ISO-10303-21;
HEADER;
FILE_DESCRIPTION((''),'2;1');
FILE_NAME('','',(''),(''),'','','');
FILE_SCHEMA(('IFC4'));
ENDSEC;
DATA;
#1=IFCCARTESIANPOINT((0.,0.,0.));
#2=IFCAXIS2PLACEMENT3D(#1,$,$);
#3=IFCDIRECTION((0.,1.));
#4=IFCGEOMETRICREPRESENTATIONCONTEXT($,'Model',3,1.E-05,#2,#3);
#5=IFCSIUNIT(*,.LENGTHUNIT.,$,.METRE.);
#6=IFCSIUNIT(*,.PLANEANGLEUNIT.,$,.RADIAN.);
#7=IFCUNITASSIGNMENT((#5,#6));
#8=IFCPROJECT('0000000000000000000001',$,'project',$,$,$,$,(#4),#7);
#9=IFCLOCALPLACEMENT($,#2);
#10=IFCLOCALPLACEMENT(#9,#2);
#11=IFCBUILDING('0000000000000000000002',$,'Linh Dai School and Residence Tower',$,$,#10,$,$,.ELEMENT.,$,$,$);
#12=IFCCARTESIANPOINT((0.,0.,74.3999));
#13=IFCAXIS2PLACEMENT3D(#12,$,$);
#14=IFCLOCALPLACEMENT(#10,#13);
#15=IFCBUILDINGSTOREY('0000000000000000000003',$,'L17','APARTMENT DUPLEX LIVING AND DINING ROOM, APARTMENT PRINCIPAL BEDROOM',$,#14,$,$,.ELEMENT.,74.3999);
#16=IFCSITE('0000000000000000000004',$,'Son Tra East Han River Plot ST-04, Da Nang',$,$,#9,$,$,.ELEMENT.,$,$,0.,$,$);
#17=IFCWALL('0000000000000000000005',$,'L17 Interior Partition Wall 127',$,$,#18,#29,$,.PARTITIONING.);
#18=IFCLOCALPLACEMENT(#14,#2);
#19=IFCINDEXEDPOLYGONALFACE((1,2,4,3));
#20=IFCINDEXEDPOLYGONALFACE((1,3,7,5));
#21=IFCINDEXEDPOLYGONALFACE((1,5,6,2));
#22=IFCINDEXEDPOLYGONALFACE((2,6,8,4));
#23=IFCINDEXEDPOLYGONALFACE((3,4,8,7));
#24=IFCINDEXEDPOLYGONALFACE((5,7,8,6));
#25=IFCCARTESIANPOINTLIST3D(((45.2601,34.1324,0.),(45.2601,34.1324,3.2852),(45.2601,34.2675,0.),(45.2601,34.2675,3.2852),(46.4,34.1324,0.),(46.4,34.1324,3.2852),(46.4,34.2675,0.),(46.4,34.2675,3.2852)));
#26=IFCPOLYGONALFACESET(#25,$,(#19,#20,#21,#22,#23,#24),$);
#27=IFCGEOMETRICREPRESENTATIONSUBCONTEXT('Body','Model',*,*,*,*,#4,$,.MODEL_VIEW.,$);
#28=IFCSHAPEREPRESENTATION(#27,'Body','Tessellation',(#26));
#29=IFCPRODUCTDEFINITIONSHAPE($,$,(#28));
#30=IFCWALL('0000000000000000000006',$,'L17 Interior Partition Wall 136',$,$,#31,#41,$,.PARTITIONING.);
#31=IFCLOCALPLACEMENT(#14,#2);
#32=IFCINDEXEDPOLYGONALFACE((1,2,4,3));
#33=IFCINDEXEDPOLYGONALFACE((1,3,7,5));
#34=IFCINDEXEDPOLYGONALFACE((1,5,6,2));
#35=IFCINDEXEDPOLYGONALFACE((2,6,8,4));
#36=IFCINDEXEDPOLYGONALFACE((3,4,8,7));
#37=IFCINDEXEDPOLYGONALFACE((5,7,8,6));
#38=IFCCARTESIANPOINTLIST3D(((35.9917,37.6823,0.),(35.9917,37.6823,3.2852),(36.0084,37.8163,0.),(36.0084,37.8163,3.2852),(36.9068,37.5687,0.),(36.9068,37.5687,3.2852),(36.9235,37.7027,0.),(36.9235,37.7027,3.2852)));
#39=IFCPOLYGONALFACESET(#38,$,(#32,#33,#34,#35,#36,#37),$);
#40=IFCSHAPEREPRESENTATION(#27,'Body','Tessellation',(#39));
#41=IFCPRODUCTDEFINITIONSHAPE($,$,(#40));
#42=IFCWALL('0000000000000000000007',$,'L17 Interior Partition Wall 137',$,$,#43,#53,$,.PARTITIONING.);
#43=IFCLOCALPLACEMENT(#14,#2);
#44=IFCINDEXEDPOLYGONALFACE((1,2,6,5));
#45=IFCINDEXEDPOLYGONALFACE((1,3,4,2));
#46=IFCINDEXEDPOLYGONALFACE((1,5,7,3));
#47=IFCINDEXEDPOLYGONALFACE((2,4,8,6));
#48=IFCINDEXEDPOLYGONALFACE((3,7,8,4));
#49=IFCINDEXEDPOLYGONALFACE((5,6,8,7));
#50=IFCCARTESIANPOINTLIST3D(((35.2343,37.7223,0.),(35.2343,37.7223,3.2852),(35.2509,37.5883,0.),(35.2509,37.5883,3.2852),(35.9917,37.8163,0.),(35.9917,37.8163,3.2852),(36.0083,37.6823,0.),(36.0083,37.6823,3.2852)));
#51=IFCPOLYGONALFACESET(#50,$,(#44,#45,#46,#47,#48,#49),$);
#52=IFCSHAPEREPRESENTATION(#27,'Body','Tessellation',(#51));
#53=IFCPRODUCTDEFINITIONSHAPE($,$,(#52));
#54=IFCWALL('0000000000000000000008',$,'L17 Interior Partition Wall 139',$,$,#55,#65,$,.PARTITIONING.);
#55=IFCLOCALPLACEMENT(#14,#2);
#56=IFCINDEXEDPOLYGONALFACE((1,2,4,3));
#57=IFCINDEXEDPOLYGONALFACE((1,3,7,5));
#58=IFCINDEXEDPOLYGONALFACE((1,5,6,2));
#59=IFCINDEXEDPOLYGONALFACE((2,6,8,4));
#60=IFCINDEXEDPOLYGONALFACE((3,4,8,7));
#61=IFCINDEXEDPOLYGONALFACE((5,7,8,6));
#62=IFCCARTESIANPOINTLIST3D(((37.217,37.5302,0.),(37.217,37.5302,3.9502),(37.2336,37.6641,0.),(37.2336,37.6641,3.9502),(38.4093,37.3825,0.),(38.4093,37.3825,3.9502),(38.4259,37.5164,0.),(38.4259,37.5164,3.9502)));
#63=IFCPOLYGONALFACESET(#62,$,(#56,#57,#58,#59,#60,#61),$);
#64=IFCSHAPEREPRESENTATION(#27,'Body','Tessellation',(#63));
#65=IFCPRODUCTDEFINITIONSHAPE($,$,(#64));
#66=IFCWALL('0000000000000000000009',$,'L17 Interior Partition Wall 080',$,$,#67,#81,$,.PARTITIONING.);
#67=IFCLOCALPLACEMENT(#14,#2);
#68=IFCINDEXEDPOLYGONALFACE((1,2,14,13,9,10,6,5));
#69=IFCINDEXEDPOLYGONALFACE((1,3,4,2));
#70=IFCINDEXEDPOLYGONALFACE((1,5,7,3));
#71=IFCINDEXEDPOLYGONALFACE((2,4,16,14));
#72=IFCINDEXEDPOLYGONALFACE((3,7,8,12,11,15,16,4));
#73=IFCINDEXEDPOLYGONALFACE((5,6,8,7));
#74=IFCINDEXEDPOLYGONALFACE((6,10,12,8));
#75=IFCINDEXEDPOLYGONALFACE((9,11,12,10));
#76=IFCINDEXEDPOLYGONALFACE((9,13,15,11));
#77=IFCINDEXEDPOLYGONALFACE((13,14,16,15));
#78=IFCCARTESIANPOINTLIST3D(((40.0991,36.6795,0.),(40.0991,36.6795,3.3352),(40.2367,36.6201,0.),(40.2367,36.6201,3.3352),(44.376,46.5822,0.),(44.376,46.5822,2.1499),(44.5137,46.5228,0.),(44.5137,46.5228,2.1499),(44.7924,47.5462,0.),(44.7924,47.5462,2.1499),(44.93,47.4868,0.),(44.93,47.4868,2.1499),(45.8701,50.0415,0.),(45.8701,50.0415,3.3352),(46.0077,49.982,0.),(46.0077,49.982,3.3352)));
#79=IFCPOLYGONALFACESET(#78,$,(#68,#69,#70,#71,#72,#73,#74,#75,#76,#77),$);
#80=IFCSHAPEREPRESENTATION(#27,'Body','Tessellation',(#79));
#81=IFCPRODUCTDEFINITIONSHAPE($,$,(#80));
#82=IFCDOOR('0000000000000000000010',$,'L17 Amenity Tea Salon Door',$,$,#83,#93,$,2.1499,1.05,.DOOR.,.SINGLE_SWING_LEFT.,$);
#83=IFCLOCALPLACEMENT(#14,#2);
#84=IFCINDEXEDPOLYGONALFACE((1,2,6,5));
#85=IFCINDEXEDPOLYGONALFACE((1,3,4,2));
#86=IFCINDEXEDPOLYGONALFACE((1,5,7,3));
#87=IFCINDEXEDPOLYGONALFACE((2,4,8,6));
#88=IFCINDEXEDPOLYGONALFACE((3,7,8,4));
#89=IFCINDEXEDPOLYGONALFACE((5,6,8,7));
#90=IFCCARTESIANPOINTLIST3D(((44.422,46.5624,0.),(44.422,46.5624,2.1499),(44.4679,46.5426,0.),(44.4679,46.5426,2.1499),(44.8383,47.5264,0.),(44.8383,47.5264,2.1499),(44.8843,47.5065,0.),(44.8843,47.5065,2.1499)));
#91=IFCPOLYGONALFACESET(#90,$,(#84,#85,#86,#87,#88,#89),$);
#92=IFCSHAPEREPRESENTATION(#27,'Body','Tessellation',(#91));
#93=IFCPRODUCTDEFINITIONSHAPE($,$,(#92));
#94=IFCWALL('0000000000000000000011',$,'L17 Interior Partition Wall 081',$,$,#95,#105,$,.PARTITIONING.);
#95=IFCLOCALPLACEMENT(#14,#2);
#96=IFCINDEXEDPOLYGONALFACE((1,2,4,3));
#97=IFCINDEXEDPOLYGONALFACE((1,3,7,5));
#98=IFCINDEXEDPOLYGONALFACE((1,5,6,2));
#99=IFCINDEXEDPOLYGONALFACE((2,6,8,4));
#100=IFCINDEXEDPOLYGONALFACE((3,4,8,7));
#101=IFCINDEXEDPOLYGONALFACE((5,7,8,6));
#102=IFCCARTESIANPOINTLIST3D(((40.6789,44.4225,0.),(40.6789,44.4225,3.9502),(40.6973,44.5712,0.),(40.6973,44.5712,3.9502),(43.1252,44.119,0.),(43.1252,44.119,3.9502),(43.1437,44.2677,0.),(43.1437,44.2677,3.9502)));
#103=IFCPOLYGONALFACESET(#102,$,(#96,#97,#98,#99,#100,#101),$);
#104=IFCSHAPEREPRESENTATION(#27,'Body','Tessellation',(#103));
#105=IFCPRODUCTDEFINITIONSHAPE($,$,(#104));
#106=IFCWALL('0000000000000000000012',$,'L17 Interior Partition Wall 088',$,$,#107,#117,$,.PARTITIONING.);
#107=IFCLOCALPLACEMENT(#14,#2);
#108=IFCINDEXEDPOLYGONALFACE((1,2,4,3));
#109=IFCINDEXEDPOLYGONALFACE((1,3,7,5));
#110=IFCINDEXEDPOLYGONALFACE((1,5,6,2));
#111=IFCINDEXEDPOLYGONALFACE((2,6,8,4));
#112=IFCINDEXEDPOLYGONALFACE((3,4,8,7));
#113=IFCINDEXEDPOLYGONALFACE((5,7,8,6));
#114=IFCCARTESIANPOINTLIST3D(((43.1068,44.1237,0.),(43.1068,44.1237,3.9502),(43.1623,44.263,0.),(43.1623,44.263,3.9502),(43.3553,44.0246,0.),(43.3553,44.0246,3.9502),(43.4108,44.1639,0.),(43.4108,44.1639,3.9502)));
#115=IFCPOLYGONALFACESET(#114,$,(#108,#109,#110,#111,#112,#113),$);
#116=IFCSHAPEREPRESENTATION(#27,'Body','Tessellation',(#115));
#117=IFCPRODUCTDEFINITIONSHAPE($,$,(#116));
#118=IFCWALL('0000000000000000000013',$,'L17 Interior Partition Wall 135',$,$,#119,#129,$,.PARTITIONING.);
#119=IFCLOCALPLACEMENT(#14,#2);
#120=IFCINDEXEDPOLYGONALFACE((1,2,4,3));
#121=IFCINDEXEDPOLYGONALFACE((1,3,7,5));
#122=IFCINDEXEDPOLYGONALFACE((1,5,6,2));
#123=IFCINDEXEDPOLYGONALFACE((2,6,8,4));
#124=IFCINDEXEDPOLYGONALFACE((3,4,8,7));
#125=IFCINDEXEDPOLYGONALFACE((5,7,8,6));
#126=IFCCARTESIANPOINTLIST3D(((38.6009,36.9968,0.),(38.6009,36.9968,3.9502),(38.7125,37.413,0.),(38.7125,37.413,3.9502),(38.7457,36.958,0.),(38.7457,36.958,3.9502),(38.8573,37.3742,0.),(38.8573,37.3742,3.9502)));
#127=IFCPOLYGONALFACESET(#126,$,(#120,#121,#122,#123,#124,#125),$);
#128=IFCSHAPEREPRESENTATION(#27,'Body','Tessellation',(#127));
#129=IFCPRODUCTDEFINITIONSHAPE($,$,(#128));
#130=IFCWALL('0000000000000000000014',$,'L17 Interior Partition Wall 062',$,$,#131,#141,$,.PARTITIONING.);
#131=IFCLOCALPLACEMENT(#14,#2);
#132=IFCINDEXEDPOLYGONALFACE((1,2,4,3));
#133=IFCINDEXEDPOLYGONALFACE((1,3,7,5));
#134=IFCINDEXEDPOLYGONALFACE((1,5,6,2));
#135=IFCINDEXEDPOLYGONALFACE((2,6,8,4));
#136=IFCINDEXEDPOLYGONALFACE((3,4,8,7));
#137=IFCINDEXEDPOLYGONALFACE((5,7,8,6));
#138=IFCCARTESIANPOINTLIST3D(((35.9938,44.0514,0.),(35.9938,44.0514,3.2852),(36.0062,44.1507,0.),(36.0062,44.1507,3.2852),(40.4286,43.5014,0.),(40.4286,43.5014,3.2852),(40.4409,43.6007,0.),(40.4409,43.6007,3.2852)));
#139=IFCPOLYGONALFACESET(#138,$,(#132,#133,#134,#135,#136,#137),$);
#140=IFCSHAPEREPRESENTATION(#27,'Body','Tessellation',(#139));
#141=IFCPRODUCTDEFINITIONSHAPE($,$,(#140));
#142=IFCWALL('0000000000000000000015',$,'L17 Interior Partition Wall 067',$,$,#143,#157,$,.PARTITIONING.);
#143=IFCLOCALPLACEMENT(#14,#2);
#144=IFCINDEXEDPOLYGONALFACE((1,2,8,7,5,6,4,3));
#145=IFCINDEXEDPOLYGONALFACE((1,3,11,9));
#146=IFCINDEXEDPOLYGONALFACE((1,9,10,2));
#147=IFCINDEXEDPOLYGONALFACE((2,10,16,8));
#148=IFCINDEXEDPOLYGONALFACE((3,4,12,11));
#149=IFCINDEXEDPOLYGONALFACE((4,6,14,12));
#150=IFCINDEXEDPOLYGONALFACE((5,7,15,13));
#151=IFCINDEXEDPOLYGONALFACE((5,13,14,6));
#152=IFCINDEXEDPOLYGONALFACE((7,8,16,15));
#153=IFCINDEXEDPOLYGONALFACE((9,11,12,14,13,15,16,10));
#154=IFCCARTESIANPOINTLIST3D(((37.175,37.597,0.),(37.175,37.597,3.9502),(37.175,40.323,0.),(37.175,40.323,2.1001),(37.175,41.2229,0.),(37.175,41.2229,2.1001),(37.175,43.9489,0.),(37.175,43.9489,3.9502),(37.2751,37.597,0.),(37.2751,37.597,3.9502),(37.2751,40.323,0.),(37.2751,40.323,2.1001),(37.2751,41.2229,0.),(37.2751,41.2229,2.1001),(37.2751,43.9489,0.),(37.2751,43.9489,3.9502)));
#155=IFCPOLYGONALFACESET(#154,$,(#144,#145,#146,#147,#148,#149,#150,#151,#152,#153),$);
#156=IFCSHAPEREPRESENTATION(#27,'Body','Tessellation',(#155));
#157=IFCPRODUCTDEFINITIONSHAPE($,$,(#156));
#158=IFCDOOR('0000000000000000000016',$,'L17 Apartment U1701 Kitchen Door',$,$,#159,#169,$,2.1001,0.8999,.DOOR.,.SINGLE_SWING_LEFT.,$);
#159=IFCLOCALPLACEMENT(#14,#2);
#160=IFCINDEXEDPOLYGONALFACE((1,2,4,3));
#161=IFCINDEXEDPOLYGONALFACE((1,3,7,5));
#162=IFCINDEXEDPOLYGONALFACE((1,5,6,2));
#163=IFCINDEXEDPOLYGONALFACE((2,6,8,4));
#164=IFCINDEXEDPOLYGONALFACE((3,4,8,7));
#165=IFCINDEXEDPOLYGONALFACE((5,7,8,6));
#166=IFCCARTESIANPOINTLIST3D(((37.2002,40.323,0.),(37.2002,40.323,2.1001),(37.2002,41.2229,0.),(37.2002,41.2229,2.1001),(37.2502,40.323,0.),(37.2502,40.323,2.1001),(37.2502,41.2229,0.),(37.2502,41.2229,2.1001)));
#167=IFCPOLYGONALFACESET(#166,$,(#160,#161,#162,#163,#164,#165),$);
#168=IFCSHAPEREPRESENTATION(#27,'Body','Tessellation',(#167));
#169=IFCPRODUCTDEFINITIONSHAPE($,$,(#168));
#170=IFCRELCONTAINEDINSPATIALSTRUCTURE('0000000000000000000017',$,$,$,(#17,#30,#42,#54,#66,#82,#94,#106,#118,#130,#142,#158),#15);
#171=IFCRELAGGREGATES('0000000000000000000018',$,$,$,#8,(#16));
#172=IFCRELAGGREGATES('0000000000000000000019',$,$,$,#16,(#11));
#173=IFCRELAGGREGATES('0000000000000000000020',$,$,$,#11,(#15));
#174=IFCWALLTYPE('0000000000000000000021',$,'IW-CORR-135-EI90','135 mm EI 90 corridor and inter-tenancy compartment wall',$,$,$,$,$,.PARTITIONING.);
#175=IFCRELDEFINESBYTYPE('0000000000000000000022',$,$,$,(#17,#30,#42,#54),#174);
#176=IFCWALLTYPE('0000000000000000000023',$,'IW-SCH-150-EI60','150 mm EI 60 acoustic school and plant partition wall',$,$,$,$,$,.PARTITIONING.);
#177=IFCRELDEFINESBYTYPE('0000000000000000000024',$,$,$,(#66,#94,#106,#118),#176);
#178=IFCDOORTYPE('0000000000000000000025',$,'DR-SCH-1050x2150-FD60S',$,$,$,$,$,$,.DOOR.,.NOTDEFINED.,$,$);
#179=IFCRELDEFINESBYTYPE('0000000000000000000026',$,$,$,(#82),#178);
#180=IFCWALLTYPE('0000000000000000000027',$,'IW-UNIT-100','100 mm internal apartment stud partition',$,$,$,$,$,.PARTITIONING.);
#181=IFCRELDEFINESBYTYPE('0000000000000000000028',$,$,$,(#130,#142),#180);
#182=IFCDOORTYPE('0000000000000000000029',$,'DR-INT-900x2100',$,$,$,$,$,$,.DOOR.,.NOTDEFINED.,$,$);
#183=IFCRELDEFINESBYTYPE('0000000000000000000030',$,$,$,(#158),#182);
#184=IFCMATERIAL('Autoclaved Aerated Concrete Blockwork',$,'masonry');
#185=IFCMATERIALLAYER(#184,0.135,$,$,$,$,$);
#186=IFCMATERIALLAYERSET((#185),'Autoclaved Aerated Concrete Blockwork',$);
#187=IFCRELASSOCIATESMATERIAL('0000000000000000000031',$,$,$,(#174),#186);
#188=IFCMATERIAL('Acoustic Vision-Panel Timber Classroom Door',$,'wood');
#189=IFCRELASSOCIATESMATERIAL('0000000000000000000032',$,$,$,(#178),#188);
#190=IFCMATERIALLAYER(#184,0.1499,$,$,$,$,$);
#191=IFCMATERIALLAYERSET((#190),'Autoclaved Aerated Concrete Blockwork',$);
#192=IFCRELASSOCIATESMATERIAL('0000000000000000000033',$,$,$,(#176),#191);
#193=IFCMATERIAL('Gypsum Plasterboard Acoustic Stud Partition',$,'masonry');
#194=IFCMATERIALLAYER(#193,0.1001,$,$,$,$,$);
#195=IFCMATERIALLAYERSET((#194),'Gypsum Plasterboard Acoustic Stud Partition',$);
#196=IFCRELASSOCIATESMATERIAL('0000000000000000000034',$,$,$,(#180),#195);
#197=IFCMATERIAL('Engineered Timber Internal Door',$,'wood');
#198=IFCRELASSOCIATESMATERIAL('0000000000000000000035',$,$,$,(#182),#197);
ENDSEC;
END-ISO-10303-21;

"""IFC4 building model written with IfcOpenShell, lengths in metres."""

from ifc_helpers import new_model, si_unit, direction, frame, frame_2d, origin, origin_2d, place, context, subcontext, project, spatial, rectangle, extrude, source, transform, mapped, material, layer, layer_set, type_object, element, fill, save


model = new_model("IFC4")

# Units and contexts
model_context = context("Model", 3, precision=1e-05, world=origin(), true_north=direction((0.0, 1.0)))
body_context = subcontext(model_context, "Body", "Model", "MODEL_VIEW")
ifc_project = project(units=[si_unit("LENGTHUNIT", "METRE"), si_unit("PLANEANGLEUNIT", "RADIAN")], contexts=[model_context])

# Site, building, storey
site_placement = place(None, origin())
site = spatial("IfcSite", under=ifc_project, at=site_placement, Name="Son Tra East Han River Plot ST-04, Da Nang", CompositionType="ELEMENT", RefElevation=0.0)
building_placement = place(site_placement, origin())
building = spatial("IfcBuilding", under=site, at=building_placement, Name="Linh Dai School and Residence Tower", CompositionType="ELEMENT")
storey_placement = place(building_placement, frame((0.0, 0.0, 74.3999)))
storey = spatial("IfcBuildingStorey", under=building, at=storey_placement, Name="L17", Description="APARTMENT DUPLEX LIVING AND DINING ROOM, APARTMENT PRINCIPAL BEDROOM", CompositionType="ELEMENT", Elevation=74.3999)

# Shared definitions
ifc_material_1 = material(Name="Autoclaved Aerated Concrete Blockwork", Category="masonry")
ifc_layer_1 = layer(ifc_material_1, 0.135)
ifc_layer_set_1 = layer_set([ifc_layer_1], Name="Autoclaved Aerated Concrete Blockwork")
wall_type_1 = type_object("IfcWallType", Name="IW-CORR-135-EI90", Description="135 mm EI 90 corridor and inter-tenancy compartment wall", PredefinedType="PARTITIONING", material=ifc_layer_set_1)
ifc_material_2 = material(Name="Acoustic Vision-Panel Timber Classroom Door", Category="wood")
door_type_1 = type_object("IfcDoorType", Name="DR-SCH-1050x2150-FD60S", OperationType="NOTDEFINED", PredefinedType="DOOR", material=ifc_material_2)
shared_shape_1 = source(origin(), body_context, "Body", "SweptSolid", [
    extrude(rectangle(XDim=1.05, YDim=2.1499, at=origin_2d()), frame((0.5249, 0.0249, 1.075), z_axis=(0.0, -1.0, 0.0), x_axis=(1.0, 0.0, 0.0)), (0.0, 0.0, 1.0), 0.05),
])

# Walls
wall_1_placement = place(storey_placement, frame((46.3999, 34.2, 0.0), z_axis=(0.0, 0.0, 1.0), x_axis=(-1.0, 0.0, 0.0)))
element("IfcWall", 1, at=wall_1_placement, inside=storey, type_object=wall_type_1, Name="L17 Interior Partition Wall 127", PredefinedType="PARTITIONING", context=body_context, shape_type="SweptSolid", body=[
    extrude(rectangle(XDim=1.1399, YDim=0.135, at=frame_2d((0.5698, 0.0))), origin(), (0.0, 0.0, 1.0), 3.2852),
])
wall_2_placement = place(storey_placement, frame((36.915, 37.6357, 0.0), z_axis=(0.0, 0.0, 1.0), x_axis=(-0.992392, 0.123122, 0.0)))
element("IfcWall", 2, at=wall_2_placement, inside=storey, type_object=wall_type_1, Name="L17 Interior Partition Wall 136", PredefinedType="PARTITIONING", context=body_context, shape_type="SweptSolid", body=[
    extrude(rectangle(XDim=0.9221, YDim=0.135, at=frame_2d((0.4609, 0.0))), origin(), (0.0, 0.0, 1.0), 3.2852),
])
wall_3_placement = place(storey_placement, frame((36.0, 37.7493, 0.0), z_axis=(0.0, 0.0, 1.0), x_axis=(-0.992386, -0.123168, 0.0)))
element("IfcWall", 3, at=wall_3_placement, inside=storey, type_object=wall_type_1, Name="L17 Interior Partition Wall 137", PredefinedType="PARTITIONING", context=body_context, shape_type="SweptSolid", body=[
    extrude(rectangle(XDim=0.7632, YDim=0.135, at=frame_2d((0.3816, 0.0))), origin(), (0.0, 0.0, 1.0), 3.2852),
])
wall_4_placement = place(storey_placement, frame((38.4175, 37.4495, 0.0), z_axis=(0.0, 0.0, 1.0), x_axis=(-0.992415, 0.122934, 0.0)))
element("IfcWall", 4, at=wall_4_placement, inside=storey, type_object=wall_type_1, Name="L17 Interior Partition Wall 139", PredefinedType="PARTITIONING", context=body_context, shape_type="SweptSolid", body=[
    extrude(rectangle(XDim=1.2014, YDim=0.135, at=frame_2d((0.6006, 0.0))), origin(), (0.0, 0.0, 1.0), 3.9502),
])

# Wall, opening, door
ifc_layer_2 = layer(ifc_material_1, 0.1499)
ifc_layer_set_2 = layer_set([ifc_layer_2], Name="Autoclaved Aerated Concrete Blockwork")
wall_type_2 = type_object("IfcWallType", Name="IW-SCH-150-EI60", Description="150 mm EI 60 acoustic school and plant partition wall", PredefinedType="PARTITIONING", material=ifc_layer_set_2)
wall_5_placement = place(storey_placement, frame((40.168, 36.6499, 0.0), z_axis=(0.0, 0.0, 1.0), x_axis=(0.396495, 0.918037, 0.0)))
wall_5 = element("IfcWall", 5, at=wall_5_placement, inside=storey, type_object=wall_type_2, Name="L17 Interior Partition Wall 080", PredefinedType="PARTITIONING", context=body_context, shape_type="SweptSolid", body=[
    extrude(rectangle(XDim=14.5549, YDim=0.1499, at=frame_2d((7.2773, 0.0))), origin(), (0.0, 0.0, 1.0), 3.3352),
])
opening_1_placement = place(wall_5_placement, frame((10.7869, 0.0, 0.0)))
opening_1 = element("IfcOpeningElement", 6, at=opening_1_placement, cuts=wall_5, PredefinedType="OPENING", context=body_context, shape_type="SweptSolid", body=[
    extrude(rectangle(XDim=1.05, YDim=2.1499, at=origin_2d()), frame((0.5249, 0.085, 1.075), z_axis=(0.0, -1.0, 0.0), x_axis=(1.0, 0.0, 0.0)), (0.0, 0.0, 1.0), 0.1699),
])
door_1_placement = place(opening_1_placement, origin())
door_1 = element("IfcDoor", 7, at=door_1_placement, inside=storey, type_object=door_type_1, Name="L17 Amenity Tea Salon Door", OperationType="SINGLE_SWING_LEFT", OverallHeight=2.1499, OverallWidth=1.05, PredefinedType="DOOR", context=body_context, shape_type="MappedRepresentation", body=[
    mapped(shared_shape_1, transform((0.0, 0.0, 0.0), x_axis=(1.0, 0.0, 0.0), y_axis=(0.0, 1.0, 0.0), z_axis=(0.0, 0.0, 1.0), scale=1.0)),
])
fill(opening_1, door_1)

# Walls
wall_6_placement = place(storey_placement, frame((40.6882, 44.4968, 0.0), z_axis=(0.0, 0.0, 1.0), x_axis=(0.992393, -0.123108, 0.0)))
element("IfcWall", 8, at=wall_6_placement, inside=storey, type_object=wall_type_2, Name="L17 Interior Partition Wall 081", PredefinedType="PARTITIONING", context=body_context, shape_type="SweptSolid", body=[
    extrude(rectangle(XDim=2.4651, YDim=0.1499, at=frame_2d((1.2324, 0.0))), origin(), (0.0, 0.0, 1.0), 3.9502),
])
wall_7_placement = place(storey_placement, frame((43.1345, 44.1934, 0.0), z_axis=(0.0, 0.0, 1.0), x_axis=(0.928854, -0.370447, 0.0)))
element("IfcWall", 9, at=wall_7_placement, inside=storey, type_object=wall_type_2, Name="L17 Interior Partition Wall 088", PredefinedType="PARTITIONING", context=body_context, shape_type="SweptSolid", body=[
    extrude(rectangle(XDim=0.2676, YDim=0.1499, at=frame_2d((0.1338, 0.0))), origin(), (0.0, 0.0, 1.0), 3.9502),
])
wall_8_placement = place(storey_placement, frame((38.6733, 36.9775, 0.0), z_axis=(0.0, 0.0, 1.0), x_axis=(0.258897, 0.965905, 0.0)))
element("IfcWall", 10, at=wall_8_placement, inside=storey, type_object=wall_type_2, Name="L17 Interior Partition Wall 135", PredefinedType="PARTITIONING", context=body_context, shape_type="SweptSolid", body=[
    extrude(rectangle(XDim=0.4309, YDim=0.1499, at=frame_2d((0.2153, 0.0))), origin(), (0.0, 0.0, 1.0), 3.9502),
])
ifc_material_3 = material(Name="Gypsum Plasterboard Acoustic Stud Partition", Category="masonry")
ifc_layer_3 = layer(ifc_material_3, 0.1001)
ifc_layer_set_3 = layer_set([ifc_layer_3], Name="Gypsum Plasterboard Acoustic Stud Partition")
wall_type_3 = type_object("IfcWallType", Name="IW-UNIT-100", Description="100 mm internal apartment stud partition", PredefinedType="PARTITIONING", material=ifc_layer_set_3)
wall_9_placement = place(storey_placement, frame((36.0, 44.1011, 0.0), z_axis=(0.0, 0.0, 1.0), x_axis=(0.992396, -0.123087, 0.0)))
element("IfcWall", 11, at=wall_9_placement, inside=storey, type_object=wall_type_3, Name="L17 Interior Partition Wall 062", PredefinedType="PARTITIONING", context=body_context, shape_type="SweptSolid", body=[
    extrude(rectangle(XDim=4.4688, YDim=0.1001, at=frame_2d((2.2344, 0.0))), origin(), (0.0, 0.0, 1.0), 3.2852),
])

# Wall, opening, door
wall_10_placement = place(storey_placement, frame((37.2251, 37.5972, 0.0), z_axis=(0.0, 0.0, 1.0), x_axis=(0.0, 1.0, 0.0)))
wall_10 = element("IfcWall", 12, at=wall_10_placement, inside=storey, type_object=wall_type_3, Name="L17 Interior Partition Wall 067", PredefinedType="PARTITIONING", context=body_context, shape_type="SweptSolid", body=[
    extrude(rectangle(XDim=6.3518, YDim=0.1001, at=frame_2d((3.1758, 0.0))), origin(), (0.0, 0.0, 1.0), 3.9502),
])
opening_2_placement = place(wall_10_placement, frame((2.7258, 0.0, 0.0)))
opening_2 = element("IfcOpeningElement", 13, at=opening_2_placement, cuts=wall_10, PredefinedType="OPENING", context=body_context, shape_type="SweptSolid", body=[
    extrude(rectangle(XDim=0.8999, YDim=2.1001, at=origin_2d()), frame((0.45, 0.0601, 1.05), z_axis=(0.0, -1.0, 0.0), x_axis=(1.0, 0.0, 0.0)), (0.0, 0.0, 1.0), 0.1201),
])
ifc_material_4 = material(Name="Engineered Timber Internal Door", Category="wood")
door_type_2 = type_object("IfcDoorType", Name="DR-INT-900x2100", OperationType="NOTDEFINED", PredefinedType="DOOR", material=ifc_material_4)
shared_shape_2 = source(origin(), body_context, "Body", "SweptSolid", [
    extrude(rectangle(XDim=0.8999, YDim=2.1001, at=origin_2d()), frame((0.45, 0.0249, 1.05), z_axis=(0.0, -1.0, 0.0), x_axis=(1.0, 0.0, 0.0)), (0.0, 0.0, 1.0), 0.05),
])
door_2_placement = place(opening_2_placement, origin())
door_2 = element("IfcDoor", 14, at=door_2_placement, inside=storey, type_object=door_type_2, Name="L17 Apartment U1701 Kitchen Door", OperationType="SINGLE_SWING_LEFT", OverallHeight=2.1001, OverallWidth=0.8999, PredefinedType="DOOR", context=body_context, shape_type="MappedRepresentation", body=[
    mapped(shared_shape_2, transform((0.0, 0.0, 0.0), x_axis=(1.0, 0.0, 0.0), y_axis=(0.0, 1.0, 0.0), z_axis=(0.0, 0.0, 1.0), scale=1.0)),
])
fill(opening_2, door_2)

save(model, "model.ifc")
